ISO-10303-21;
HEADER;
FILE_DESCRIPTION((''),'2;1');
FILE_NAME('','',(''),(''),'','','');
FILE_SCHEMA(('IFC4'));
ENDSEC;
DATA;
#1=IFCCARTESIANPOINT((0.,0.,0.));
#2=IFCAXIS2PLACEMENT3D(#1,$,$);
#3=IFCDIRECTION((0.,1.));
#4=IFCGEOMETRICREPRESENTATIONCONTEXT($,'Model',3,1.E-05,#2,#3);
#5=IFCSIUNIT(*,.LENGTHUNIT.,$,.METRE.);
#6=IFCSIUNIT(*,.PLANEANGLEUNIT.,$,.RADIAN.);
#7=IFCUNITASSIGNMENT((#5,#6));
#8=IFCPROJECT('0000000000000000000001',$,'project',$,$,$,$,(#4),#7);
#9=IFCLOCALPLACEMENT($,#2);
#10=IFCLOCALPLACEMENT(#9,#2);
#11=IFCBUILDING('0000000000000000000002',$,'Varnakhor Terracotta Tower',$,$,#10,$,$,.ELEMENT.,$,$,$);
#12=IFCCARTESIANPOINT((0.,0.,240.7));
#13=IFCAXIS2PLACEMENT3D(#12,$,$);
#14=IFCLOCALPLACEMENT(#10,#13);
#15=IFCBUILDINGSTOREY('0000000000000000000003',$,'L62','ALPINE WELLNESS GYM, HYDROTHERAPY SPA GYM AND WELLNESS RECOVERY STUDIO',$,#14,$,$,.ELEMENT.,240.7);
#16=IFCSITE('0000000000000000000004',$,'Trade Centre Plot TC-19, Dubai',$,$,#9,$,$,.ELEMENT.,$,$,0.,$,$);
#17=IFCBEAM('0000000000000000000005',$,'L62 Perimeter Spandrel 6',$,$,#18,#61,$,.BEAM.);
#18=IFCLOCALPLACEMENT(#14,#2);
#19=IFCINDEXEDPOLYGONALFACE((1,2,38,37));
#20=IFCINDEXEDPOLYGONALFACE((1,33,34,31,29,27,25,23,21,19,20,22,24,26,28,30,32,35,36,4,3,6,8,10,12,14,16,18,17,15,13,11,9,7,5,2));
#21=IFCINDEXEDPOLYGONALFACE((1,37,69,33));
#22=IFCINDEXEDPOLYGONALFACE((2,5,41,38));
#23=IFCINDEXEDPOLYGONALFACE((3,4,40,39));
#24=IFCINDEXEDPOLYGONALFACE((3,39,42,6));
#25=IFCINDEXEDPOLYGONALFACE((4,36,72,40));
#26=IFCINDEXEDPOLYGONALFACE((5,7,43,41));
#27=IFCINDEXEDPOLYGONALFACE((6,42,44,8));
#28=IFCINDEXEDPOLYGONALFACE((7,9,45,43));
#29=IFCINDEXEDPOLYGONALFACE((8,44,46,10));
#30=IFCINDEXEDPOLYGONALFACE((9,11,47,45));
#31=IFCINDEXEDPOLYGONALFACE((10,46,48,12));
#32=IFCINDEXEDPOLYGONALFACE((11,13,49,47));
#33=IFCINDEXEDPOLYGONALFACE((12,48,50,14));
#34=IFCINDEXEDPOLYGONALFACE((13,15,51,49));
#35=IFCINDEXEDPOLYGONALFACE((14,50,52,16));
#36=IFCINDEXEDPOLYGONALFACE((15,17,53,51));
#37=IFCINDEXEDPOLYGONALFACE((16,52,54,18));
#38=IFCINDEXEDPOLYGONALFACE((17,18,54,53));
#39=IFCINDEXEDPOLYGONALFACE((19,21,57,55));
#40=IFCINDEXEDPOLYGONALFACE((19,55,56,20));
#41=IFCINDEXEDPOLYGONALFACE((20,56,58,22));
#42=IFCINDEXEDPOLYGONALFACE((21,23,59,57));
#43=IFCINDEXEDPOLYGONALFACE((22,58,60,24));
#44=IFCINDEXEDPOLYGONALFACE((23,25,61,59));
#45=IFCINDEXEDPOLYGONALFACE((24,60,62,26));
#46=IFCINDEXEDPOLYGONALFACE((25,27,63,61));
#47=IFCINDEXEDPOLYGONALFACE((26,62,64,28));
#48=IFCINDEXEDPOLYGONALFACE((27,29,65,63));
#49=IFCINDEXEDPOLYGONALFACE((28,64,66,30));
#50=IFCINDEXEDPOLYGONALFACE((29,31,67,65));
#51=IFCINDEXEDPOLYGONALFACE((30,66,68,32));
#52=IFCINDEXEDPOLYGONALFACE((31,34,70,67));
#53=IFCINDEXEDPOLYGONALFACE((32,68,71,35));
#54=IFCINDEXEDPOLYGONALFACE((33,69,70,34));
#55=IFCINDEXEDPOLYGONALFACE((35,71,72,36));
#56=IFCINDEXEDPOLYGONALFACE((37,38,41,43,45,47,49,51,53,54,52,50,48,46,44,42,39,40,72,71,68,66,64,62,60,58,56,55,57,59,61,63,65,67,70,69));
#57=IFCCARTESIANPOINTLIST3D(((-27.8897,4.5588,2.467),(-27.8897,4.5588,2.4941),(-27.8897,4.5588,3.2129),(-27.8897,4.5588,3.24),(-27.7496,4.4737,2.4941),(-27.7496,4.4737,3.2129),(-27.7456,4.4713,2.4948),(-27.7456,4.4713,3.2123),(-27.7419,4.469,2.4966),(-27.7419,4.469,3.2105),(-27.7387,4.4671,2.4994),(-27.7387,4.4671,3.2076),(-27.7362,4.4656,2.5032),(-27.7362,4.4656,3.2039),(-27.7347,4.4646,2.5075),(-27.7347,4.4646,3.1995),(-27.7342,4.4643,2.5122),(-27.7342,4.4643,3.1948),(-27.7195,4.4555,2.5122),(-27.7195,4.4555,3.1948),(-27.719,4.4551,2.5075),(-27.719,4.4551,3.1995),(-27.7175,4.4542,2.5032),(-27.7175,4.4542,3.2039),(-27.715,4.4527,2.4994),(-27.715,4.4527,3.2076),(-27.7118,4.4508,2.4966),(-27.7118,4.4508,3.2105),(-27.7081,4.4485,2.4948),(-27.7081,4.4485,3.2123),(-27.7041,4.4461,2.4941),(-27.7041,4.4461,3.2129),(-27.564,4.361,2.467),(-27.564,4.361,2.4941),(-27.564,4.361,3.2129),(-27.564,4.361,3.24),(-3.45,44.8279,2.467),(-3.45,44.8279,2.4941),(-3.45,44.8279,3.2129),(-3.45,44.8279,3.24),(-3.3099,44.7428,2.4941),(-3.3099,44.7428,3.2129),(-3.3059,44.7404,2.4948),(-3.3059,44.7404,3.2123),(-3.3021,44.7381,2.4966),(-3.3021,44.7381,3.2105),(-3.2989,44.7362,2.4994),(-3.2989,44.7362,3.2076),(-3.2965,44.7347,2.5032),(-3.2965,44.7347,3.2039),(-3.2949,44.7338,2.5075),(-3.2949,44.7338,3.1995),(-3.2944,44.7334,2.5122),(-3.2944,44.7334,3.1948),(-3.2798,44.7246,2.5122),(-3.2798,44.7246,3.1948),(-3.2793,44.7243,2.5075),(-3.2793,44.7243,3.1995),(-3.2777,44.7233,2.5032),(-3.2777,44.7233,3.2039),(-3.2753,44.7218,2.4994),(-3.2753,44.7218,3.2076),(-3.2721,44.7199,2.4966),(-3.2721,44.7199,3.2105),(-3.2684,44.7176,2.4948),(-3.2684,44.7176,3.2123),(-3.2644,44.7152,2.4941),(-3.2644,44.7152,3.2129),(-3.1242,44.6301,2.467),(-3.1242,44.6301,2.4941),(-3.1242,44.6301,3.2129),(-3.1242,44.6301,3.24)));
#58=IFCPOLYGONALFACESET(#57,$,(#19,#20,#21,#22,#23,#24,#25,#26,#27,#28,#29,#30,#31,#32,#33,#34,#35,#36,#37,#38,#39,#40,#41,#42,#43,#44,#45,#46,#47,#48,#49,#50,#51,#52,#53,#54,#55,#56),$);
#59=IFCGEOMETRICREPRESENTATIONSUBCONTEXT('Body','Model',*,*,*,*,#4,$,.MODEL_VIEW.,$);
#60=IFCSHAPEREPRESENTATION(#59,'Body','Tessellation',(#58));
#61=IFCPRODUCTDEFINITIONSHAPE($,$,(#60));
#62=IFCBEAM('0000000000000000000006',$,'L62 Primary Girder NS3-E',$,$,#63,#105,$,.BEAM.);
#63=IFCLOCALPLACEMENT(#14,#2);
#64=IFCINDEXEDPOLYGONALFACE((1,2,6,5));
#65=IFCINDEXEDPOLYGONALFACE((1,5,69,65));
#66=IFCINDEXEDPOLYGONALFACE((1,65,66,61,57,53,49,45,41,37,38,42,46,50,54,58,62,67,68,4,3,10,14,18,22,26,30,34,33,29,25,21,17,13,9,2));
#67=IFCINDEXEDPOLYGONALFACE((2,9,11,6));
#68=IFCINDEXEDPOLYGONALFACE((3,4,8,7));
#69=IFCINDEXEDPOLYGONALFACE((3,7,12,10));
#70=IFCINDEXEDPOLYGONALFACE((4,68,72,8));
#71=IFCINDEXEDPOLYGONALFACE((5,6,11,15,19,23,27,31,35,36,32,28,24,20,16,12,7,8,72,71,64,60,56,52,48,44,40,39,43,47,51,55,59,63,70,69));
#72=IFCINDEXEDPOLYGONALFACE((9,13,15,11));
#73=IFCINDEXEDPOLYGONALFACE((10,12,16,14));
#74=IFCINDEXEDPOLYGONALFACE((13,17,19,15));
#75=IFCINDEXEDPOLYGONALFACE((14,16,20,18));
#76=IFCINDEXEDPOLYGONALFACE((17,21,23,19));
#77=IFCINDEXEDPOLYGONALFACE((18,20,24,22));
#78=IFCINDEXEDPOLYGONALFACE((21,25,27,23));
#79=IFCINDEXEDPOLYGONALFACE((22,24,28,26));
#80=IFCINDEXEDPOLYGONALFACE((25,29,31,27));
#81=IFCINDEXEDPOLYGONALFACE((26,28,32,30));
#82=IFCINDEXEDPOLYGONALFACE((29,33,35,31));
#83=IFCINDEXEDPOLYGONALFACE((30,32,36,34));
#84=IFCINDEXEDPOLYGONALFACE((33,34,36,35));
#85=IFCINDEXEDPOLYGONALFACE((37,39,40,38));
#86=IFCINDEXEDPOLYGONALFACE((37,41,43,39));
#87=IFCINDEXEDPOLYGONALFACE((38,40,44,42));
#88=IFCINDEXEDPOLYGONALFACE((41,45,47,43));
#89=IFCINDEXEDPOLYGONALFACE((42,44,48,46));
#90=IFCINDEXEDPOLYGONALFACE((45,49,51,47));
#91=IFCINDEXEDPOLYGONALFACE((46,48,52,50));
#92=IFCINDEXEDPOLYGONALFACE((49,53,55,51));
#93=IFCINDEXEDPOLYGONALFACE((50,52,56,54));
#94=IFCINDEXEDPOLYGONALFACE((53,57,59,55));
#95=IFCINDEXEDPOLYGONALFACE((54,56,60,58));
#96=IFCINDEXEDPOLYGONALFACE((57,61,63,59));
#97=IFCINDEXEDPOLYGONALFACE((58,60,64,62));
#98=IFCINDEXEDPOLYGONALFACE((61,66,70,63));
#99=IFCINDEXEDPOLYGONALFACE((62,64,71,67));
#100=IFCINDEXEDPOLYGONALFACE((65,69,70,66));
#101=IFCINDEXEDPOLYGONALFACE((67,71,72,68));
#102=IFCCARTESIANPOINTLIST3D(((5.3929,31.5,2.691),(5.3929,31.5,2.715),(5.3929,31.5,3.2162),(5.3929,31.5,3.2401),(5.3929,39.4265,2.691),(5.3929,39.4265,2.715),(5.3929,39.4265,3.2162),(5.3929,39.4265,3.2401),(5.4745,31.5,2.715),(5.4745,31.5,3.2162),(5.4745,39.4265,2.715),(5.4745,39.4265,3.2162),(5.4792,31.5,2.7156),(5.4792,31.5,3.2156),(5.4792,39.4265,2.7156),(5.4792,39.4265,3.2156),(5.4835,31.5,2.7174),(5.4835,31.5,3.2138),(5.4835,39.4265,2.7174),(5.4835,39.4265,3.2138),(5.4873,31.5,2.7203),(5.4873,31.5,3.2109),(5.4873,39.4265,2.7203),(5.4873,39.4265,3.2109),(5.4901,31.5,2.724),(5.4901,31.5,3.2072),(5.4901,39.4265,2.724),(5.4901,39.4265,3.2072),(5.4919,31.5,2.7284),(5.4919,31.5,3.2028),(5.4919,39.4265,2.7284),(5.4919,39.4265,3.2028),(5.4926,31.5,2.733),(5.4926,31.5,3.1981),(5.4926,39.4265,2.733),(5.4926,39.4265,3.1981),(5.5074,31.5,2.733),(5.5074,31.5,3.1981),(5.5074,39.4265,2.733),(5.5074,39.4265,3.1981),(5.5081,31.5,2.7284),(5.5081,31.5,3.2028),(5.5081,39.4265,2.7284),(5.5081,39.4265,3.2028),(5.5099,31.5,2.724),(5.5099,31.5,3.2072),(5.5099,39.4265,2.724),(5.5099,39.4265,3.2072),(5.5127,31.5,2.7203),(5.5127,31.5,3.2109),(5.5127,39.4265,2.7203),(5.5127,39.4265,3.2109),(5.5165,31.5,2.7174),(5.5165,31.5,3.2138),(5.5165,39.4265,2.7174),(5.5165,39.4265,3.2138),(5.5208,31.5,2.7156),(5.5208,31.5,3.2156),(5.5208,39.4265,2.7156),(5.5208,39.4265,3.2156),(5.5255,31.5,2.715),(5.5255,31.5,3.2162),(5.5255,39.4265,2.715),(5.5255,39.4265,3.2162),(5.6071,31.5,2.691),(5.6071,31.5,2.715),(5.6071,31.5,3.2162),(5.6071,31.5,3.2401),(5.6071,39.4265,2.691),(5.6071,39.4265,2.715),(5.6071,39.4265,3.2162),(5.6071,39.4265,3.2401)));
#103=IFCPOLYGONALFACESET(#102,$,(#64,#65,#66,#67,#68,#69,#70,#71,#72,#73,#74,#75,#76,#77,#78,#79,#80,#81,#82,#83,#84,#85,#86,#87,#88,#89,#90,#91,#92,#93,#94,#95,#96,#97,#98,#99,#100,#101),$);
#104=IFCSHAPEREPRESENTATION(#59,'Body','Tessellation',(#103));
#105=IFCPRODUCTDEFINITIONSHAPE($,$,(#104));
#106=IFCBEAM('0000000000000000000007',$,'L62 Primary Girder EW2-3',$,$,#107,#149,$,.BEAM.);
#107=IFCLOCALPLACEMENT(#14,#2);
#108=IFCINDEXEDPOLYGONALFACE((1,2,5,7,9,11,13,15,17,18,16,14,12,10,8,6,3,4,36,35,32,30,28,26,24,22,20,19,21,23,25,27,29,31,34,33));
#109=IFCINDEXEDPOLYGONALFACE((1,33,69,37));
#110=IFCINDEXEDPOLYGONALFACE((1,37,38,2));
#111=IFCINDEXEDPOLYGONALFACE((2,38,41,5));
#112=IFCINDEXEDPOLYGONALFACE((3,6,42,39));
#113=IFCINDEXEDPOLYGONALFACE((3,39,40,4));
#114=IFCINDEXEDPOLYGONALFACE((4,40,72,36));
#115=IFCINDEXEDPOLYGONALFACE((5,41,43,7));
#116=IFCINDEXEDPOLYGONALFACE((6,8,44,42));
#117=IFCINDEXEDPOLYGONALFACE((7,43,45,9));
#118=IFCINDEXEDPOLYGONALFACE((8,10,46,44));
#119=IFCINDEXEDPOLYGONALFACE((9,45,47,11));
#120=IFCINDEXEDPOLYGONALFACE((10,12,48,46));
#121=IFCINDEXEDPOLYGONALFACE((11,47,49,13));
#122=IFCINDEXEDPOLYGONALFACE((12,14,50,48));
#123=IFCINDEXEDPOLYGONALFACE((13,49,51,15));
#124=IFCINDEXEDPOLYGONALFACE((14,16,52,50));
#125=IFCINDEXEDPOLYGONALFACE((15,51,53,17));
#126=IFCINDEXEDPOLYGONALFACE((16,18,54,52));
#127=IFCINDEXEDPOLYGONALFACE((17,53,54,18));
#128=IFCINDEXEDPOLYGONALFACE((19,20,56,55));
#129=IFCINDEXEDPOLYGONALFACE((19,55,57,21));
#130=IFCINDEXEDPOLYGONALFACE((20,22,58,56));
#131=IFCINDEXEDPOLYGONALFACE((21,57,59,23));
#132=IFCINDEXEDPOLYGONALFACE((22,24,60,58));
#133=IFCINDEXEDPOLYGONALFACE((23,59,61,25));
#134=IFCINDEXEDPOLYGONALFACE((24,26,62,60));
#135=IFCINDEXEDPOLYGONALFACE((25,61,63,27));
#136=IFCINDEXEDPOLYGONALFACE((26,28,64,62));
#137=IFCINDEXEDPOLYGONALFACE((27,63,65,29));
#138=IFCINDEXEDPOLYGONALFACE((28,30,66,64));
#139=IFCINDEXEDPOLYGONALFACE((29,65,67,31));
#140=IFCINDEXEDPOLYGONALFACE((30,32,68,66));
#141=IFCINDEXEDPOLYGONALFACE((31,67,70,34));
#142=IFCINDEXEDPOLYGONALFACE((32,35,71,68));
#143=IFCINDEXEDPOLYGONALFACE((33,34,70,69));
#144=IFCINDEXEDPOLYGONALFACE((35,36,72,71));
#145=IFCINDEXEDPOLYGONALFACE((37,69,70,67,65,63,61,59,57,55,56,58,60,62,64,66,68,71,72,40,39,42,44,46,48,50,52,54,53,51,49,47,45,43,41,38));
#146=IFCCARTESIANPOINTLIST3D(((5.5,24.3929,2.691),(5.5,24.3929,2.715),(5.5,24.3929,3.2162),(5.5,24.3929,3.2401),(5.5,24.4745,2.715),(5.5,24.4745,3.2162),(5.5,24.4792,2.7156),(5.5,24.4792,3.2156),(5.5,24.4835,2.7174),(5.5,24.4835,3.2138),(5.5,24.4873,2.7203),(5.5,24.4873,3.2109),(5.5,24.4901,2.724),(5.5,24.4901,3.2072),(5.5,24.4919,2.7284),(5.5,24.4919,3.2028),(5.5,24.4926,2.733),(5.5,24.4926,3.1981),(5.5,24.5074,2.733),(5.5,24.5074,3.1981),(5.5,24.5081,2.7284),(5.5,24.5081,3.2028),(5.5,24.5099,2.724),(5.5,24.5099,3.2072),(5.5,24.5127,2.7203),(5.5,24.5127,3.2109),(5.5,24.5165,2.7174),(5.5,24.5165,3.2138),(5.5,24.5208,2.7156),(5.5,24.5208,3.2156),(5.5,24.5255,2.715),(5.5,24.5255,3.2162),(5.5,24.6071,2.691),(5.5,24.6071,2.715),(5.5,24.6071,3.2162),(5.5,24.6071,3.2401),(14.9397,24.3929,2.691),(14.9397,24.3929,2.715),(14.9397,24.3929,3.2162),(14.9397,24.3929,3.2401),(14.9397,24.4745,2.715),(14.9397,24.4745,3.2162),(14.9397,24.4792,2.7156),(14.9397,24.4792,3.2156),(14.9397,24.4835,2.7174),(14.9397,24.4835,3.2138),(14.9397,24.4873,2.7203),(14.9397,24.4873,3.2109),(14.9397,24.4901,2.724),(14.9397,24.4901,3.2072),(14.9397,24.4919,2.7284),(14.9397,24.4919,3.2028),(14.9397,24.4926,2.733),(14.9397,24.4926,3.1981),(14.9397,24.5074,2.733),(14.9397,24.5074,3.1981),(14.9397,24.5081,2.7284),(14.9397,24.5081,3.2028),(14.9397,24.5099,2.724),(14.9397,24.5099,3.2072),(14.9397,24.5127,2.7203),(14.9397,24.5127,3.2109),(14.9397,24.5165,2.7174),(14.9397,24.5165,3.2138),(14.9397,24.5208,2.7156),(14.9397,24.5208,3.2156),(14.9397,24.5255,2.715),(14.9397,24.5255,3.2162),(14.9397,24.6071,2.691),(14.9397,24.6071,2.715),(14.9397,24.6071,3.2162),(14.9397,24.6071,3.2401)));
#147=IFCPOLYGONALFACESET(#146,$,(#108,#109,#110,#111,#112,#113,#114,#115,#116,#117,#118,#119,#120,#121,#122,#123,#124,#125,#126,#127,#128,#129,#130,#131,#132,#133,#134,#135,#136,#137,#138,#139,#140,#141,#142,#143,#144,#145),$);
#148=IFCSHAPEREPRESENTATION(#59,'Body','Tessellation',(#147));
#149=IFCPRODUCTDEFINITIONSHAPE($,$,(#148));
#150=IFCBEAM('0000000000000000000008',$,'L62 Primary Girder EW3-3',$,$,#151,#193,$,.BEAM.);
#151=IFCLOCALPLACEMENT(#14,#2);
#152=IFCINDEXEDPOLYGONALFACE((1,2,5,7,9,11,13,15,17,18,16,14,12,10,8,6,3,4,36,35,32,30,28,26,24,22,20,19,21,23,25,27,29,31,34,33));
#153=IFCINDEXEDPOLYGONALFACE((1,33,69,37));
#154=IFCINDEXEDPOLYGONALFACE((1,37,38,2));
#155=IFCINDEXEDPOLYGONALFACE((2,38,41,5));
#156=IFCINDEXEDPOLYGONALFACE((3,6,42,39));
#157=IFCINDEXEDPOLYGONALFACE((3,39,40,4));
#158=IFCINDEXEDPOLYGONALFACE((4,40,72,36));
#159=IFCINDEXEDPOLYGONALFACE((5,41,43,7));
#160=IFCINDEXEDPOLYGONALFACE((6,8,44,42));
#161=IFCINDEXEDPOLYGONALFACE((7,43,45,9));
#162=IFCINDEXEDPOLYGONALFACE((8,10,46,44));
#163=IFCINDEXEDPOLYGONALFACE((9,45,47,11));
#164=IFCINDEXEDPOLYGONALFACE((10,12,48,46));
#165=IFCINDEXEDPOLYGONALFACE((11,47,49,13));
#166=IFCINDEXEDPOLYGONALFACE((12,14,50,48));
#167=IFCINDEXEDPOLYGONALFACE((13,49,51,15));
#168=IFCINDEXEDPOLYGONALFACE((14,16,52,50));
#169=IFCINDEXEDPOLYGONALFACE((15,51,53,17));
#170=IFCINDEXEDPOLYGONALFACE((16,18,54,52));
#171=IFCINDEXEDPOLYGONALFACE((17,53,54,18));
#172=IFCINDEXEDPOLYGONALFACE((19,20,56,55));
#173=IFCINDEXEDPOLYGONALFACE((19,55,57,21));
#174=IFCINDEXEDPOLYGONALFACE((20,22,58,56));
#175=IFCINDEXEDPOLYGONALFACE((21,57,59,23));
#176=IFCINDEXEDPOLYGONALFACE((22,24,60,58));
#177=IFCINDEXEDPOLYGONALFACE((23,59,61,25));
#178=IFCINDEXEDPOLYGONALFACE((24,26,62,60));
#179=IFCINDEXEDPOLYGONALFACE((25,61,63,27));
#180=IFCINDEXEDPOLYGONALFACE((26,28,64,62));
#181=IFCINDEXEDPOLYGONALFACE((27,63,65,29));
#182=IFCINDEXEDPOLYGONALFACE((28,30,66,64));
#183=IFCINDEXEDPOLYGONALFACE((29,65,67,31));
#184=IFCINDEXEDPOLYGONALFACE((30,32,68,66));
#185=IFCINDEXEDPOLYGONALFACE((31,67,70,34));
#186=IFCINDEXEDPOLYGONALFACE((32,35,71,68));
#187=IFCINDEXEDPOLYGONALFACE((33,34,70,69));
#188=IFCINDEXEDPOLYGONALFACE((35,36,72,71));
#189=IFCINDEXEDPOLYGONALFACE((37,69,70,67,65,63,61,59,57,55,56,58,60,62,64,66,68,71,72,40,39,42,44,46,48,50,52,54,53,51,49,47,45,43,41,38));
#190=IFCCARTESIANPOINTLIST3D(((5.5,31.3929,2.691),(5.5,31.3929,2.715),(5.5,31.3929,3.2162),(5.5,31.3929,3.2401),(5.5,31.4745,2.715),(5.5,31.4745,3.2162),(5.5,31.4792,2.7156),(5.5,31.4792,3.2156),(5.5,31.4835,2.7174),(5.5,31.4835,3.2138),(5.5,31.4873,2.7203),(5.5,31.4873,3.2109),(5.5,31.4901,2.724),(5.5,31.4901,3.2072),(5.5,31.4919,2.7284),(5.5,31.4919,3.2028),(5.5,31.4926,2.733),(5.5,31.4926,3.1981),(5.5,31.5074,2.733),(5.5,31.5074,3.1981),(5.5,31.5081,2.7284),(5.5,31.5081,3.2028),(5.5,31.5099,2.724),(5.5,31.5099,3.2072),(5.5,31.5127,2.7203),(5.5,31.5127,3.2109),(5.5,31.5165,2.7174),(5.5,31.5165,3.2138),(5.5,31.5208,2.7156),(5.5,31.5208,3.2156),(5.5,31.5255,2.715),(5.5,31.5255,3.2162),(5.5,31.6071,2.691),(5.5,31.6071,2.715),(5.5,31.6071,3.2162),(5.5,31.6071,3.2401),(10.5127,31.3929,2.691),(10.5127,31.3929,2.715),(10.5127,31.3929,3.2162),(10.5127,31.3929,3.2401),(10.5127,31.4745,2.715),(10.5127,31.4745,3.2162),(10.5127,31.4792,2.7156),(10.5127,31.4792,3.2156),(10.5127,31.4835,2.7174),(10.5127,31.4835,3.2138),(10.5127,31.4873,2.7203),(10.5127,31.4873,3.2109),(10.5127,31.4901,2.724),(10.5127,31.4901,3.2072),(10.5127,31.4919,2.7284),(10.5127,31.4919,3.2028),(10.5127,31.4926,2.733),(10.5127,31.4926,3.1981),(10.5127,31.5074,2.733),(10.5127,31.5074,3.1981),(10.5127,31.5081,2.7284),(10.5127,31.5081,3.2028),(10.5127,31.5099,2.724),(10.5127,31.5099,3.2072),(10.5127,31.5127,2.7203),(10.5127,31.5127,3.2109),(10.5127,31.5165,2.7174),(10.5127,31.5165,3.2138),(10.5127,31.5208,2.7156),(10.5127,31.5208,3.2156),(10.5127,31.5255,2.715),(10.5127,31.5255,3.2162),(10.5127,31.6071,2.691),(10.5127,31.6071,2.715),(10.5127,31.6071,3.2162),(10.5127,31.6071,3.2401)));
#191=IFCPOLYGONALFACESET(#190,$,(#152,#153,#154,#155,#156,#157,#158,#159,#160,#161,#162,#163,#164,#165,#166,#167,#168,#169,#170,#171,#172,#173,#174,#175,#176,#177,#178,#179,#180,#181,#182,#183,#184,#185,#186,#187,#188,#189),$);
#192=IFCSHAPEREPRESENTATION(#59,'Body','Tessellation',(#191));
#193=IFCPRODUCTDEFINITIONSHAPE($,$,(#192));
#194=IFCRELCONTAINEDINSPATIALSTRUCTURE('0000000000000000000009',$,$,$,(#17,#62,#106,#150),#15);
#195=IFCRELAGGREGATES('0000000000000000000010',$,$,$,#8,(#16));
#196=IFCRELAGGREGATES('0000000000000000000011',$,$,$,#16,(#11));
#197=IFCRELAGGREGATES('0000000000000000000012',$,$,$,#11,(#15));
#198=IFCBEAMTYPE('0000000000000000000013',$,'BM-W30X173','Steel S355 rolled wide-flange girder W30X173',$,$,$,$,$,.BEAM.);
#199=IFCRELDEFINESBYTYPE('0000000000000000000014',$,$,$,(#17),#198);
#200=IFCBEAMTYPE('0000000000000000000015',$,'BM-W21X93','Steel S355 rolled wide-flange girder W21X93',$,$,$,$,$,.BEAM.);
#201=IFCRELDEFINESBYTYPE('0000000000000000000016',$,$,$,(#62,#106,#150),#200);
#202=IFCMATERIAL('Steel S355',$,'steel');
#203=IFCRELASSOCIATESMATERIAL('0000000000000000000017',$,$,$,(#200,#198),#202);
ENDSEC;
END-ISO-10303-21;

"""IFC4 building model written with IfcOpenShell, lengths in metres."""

from ifc_helpers import new_model, si_unit, direction, frame, origin, origin_2d, place, context, subcontext, project, spatial, i_section, extrude, source, transform, mapped, material, material_profile, profile_set, type_object, element, save


model = new_model("IFC4")

# Units and contexts
model_context = context("Model", 3, precision=1e-05, world=origin(), true_north=direction((0.0, 1.0)))
body_context = subcontext(model_context, "Body", "Model", "MODEL_VIEW")
ifc_project = project(units=[si_unit("LENGTHUNIT", "METRE"), si_unit("PLANEANGLEUNIT", "RADIAN")], contexts=[model_context])

# Site, building, storey
site_placement = place(None, origin())
site = spatial("IfcSite", under=ifc_project, at=site_placement, Name="Trade Centre Plot TC-19, Dubai", CompositionType="ELEMENT", RefElevation=0.0)
building_placement = place(site_placement, origin())
building = spatial("IfcBuilding", under=site, at=building_placement, Name="Varnakhor Terracotta Tower", CompositionType="ELEMENT")
storey_placement = place(building_placement, frame((0.0, 0.0, 240.7)))
storey = spatial("IfcBuildingStorey", under=building, at=storey_placement, Name="L62", Description="ALPINE WELLNESS GYM, HYDROTHERAPY SPA GYM AND WELLNESS RECOVERY STUDIO", CompositionType="ELEMENT", Elevation=240.7)

# Beams
ifc_material_1 = material(Name="Steel S355", Category="steel")
ifc_material_profile_1 = material_profile(ifc_material_1, i_section(OverallWidth=0.2141, OverallDepth=0.5491, WebThickness=0.0149, FlangeThickness=0.0239, FilletRadius=0.0181, at=origin_2d()), Name="W21X93")
ifc_profile_set_1 = profile_set([ifc_material_profile_1], Name="Steel S355")
beam_type_1 = type_object("IfcBeamType", Name="BM-W21X93", Description="Steel S355 rolled wide-flange girder W21X93", PredefinedType="BEAM", material=ifc_profile_set_1)
ifc_material_profile_2 = material_profile(ifc_material_1, i_section(OverallWidth=0.3811, OverallDepth=0.7729, WebThickness=0.0171, FlangeThickness=0.0271, FilletRadius=0.0181, at=origin_2d()), Name="W30X173")
ifc_profile_set_2 = profile_set([ifc_material_profile_2], Name="Steel S355")
beam_type_2 = type_object("IfcBeamType", Name="BM-W30X173", Description="Steel S355 rolled wide-flange girder W30X173", PredefinedType="BEAM", material=ifc_profile_set_2)
shared_shape_1 = source(origin(), body_context, "Body", "SweptSolid", [
    extrude(i_section(OverallWidth=0.3811, OverallDepth=0.7729, WebThickness=0.0171, FlangeThickness=0.0271, FilletRadius=0.0181, at=origin_2d()), origin(), (0.0, 0.0, 1.0), 47.1052),
])
beam_1_placement = place(storey_placement, frame((-3.2871, 44.729, 2.8535), z_axis=(-0.518833, -0.854876, 0.0), x_axis=(0.854876, -0.518833, 0.0)))
element("IfcBeam", 1, at=beam_1_placement, inside=storey, type_object=beam_type_2, Name="L62 Perimeter Spandrel 6", PredefinedType="BEAM", context=body_context, shape_type="MappedRepresentation", body=[
    mapped(shared_shape_1, transform((0.0, 0.0, 0.0), scale=1.0)),
])
shared_shape_2 = source(origin(), body_context, "Body", "SweptSolid", [
    extrude(i_section(OverallWidth=0.2141, OverallDepth=0.5491, WebThickness=0.0149, FlangeThickness=0.0239, FilletRadius=0.0181, at=origin_2d()), origin(), (0.0, 0.0, 1.0), 7.9265),
])
beam_2_placement = place(storey_placement, frame((5.5, 31.5, 2.9656), z_axis=(0.0, 1.0, 0.0), x_axis=(-1.0, 0.0, 0.0)))
element("IfcBeam", 2, at=beam_2_placement, inside=storey, type_object=beam_type_1, Name="L62 Primary Girder NS3-E", PredefinedType="BEAM", context=body_context, shape_type="MappedRepresentation", body=[
    mapped(shared_shape_2, transform((0.0, 0.0, 0.0), scale=1.0)),
])
shared_shape_3 = source(origin(), body_context, "Body", "SweptSolid", [
    extrude(i_section(OverallWidth=0.2141, OverallDepth=0.5491, WebThickness=0.0149, FlangeThickness=0.0239, FilletRadius=0.0181, at=origin_2d()), origin(), (0.0, 0.0, 1.0), 9.4397),
])
beam_3_placement = place(storey_placement, frame((5.5, 24.5, 2.9656), z_axis=(1.0, 0.0, 0.0), x_axis=(0.0, 1.0, 0.0)))
element("IfcBeam", 3, at=beam_3_placement, inside=storey, type_object=beam_type_1, Name="L62 Primary Girder EW2-3", PredefinedType="BEAM", context=body_context, shape_type="MappedRepresentation", body=[
    mapped(shared_shape_3, transform((0.0, 0.0, 0.0), scale=1.0)),
])
shared_shape_4 = source(origin(), body_context, "Body", "SweptSolid", [
    extrude(i_section(OverallWidth=0.2141, OverallDepth=0.5491, WebThickness=0.0149, FlangeThickness=0.0239, FilletRadius=0.0181, at=origin_2d()), origin(), (0.0, 0.0, 1.0), 5.0127),
])
beam_4_placement = place(storey_placement, frame((5.5, 31.5, 2.9656), z_axis=(1.0, 0.0, 0.0), x_axis=(0.0, 1.0, 0.0)))
element("IfcBeam", 4, at=beam_4_placement, inside=storey, type_object=beam_type_1, Name="L62 Primary Girder EW3-3", PredefinedType="BEAM", context=body_context, shape_type="MappedRepresentation", body=[
    mapped(shared_shape_4, transform((0.0, 0.0, 0.0), scale=1.0)),
])

save(model, "model.ifc")
